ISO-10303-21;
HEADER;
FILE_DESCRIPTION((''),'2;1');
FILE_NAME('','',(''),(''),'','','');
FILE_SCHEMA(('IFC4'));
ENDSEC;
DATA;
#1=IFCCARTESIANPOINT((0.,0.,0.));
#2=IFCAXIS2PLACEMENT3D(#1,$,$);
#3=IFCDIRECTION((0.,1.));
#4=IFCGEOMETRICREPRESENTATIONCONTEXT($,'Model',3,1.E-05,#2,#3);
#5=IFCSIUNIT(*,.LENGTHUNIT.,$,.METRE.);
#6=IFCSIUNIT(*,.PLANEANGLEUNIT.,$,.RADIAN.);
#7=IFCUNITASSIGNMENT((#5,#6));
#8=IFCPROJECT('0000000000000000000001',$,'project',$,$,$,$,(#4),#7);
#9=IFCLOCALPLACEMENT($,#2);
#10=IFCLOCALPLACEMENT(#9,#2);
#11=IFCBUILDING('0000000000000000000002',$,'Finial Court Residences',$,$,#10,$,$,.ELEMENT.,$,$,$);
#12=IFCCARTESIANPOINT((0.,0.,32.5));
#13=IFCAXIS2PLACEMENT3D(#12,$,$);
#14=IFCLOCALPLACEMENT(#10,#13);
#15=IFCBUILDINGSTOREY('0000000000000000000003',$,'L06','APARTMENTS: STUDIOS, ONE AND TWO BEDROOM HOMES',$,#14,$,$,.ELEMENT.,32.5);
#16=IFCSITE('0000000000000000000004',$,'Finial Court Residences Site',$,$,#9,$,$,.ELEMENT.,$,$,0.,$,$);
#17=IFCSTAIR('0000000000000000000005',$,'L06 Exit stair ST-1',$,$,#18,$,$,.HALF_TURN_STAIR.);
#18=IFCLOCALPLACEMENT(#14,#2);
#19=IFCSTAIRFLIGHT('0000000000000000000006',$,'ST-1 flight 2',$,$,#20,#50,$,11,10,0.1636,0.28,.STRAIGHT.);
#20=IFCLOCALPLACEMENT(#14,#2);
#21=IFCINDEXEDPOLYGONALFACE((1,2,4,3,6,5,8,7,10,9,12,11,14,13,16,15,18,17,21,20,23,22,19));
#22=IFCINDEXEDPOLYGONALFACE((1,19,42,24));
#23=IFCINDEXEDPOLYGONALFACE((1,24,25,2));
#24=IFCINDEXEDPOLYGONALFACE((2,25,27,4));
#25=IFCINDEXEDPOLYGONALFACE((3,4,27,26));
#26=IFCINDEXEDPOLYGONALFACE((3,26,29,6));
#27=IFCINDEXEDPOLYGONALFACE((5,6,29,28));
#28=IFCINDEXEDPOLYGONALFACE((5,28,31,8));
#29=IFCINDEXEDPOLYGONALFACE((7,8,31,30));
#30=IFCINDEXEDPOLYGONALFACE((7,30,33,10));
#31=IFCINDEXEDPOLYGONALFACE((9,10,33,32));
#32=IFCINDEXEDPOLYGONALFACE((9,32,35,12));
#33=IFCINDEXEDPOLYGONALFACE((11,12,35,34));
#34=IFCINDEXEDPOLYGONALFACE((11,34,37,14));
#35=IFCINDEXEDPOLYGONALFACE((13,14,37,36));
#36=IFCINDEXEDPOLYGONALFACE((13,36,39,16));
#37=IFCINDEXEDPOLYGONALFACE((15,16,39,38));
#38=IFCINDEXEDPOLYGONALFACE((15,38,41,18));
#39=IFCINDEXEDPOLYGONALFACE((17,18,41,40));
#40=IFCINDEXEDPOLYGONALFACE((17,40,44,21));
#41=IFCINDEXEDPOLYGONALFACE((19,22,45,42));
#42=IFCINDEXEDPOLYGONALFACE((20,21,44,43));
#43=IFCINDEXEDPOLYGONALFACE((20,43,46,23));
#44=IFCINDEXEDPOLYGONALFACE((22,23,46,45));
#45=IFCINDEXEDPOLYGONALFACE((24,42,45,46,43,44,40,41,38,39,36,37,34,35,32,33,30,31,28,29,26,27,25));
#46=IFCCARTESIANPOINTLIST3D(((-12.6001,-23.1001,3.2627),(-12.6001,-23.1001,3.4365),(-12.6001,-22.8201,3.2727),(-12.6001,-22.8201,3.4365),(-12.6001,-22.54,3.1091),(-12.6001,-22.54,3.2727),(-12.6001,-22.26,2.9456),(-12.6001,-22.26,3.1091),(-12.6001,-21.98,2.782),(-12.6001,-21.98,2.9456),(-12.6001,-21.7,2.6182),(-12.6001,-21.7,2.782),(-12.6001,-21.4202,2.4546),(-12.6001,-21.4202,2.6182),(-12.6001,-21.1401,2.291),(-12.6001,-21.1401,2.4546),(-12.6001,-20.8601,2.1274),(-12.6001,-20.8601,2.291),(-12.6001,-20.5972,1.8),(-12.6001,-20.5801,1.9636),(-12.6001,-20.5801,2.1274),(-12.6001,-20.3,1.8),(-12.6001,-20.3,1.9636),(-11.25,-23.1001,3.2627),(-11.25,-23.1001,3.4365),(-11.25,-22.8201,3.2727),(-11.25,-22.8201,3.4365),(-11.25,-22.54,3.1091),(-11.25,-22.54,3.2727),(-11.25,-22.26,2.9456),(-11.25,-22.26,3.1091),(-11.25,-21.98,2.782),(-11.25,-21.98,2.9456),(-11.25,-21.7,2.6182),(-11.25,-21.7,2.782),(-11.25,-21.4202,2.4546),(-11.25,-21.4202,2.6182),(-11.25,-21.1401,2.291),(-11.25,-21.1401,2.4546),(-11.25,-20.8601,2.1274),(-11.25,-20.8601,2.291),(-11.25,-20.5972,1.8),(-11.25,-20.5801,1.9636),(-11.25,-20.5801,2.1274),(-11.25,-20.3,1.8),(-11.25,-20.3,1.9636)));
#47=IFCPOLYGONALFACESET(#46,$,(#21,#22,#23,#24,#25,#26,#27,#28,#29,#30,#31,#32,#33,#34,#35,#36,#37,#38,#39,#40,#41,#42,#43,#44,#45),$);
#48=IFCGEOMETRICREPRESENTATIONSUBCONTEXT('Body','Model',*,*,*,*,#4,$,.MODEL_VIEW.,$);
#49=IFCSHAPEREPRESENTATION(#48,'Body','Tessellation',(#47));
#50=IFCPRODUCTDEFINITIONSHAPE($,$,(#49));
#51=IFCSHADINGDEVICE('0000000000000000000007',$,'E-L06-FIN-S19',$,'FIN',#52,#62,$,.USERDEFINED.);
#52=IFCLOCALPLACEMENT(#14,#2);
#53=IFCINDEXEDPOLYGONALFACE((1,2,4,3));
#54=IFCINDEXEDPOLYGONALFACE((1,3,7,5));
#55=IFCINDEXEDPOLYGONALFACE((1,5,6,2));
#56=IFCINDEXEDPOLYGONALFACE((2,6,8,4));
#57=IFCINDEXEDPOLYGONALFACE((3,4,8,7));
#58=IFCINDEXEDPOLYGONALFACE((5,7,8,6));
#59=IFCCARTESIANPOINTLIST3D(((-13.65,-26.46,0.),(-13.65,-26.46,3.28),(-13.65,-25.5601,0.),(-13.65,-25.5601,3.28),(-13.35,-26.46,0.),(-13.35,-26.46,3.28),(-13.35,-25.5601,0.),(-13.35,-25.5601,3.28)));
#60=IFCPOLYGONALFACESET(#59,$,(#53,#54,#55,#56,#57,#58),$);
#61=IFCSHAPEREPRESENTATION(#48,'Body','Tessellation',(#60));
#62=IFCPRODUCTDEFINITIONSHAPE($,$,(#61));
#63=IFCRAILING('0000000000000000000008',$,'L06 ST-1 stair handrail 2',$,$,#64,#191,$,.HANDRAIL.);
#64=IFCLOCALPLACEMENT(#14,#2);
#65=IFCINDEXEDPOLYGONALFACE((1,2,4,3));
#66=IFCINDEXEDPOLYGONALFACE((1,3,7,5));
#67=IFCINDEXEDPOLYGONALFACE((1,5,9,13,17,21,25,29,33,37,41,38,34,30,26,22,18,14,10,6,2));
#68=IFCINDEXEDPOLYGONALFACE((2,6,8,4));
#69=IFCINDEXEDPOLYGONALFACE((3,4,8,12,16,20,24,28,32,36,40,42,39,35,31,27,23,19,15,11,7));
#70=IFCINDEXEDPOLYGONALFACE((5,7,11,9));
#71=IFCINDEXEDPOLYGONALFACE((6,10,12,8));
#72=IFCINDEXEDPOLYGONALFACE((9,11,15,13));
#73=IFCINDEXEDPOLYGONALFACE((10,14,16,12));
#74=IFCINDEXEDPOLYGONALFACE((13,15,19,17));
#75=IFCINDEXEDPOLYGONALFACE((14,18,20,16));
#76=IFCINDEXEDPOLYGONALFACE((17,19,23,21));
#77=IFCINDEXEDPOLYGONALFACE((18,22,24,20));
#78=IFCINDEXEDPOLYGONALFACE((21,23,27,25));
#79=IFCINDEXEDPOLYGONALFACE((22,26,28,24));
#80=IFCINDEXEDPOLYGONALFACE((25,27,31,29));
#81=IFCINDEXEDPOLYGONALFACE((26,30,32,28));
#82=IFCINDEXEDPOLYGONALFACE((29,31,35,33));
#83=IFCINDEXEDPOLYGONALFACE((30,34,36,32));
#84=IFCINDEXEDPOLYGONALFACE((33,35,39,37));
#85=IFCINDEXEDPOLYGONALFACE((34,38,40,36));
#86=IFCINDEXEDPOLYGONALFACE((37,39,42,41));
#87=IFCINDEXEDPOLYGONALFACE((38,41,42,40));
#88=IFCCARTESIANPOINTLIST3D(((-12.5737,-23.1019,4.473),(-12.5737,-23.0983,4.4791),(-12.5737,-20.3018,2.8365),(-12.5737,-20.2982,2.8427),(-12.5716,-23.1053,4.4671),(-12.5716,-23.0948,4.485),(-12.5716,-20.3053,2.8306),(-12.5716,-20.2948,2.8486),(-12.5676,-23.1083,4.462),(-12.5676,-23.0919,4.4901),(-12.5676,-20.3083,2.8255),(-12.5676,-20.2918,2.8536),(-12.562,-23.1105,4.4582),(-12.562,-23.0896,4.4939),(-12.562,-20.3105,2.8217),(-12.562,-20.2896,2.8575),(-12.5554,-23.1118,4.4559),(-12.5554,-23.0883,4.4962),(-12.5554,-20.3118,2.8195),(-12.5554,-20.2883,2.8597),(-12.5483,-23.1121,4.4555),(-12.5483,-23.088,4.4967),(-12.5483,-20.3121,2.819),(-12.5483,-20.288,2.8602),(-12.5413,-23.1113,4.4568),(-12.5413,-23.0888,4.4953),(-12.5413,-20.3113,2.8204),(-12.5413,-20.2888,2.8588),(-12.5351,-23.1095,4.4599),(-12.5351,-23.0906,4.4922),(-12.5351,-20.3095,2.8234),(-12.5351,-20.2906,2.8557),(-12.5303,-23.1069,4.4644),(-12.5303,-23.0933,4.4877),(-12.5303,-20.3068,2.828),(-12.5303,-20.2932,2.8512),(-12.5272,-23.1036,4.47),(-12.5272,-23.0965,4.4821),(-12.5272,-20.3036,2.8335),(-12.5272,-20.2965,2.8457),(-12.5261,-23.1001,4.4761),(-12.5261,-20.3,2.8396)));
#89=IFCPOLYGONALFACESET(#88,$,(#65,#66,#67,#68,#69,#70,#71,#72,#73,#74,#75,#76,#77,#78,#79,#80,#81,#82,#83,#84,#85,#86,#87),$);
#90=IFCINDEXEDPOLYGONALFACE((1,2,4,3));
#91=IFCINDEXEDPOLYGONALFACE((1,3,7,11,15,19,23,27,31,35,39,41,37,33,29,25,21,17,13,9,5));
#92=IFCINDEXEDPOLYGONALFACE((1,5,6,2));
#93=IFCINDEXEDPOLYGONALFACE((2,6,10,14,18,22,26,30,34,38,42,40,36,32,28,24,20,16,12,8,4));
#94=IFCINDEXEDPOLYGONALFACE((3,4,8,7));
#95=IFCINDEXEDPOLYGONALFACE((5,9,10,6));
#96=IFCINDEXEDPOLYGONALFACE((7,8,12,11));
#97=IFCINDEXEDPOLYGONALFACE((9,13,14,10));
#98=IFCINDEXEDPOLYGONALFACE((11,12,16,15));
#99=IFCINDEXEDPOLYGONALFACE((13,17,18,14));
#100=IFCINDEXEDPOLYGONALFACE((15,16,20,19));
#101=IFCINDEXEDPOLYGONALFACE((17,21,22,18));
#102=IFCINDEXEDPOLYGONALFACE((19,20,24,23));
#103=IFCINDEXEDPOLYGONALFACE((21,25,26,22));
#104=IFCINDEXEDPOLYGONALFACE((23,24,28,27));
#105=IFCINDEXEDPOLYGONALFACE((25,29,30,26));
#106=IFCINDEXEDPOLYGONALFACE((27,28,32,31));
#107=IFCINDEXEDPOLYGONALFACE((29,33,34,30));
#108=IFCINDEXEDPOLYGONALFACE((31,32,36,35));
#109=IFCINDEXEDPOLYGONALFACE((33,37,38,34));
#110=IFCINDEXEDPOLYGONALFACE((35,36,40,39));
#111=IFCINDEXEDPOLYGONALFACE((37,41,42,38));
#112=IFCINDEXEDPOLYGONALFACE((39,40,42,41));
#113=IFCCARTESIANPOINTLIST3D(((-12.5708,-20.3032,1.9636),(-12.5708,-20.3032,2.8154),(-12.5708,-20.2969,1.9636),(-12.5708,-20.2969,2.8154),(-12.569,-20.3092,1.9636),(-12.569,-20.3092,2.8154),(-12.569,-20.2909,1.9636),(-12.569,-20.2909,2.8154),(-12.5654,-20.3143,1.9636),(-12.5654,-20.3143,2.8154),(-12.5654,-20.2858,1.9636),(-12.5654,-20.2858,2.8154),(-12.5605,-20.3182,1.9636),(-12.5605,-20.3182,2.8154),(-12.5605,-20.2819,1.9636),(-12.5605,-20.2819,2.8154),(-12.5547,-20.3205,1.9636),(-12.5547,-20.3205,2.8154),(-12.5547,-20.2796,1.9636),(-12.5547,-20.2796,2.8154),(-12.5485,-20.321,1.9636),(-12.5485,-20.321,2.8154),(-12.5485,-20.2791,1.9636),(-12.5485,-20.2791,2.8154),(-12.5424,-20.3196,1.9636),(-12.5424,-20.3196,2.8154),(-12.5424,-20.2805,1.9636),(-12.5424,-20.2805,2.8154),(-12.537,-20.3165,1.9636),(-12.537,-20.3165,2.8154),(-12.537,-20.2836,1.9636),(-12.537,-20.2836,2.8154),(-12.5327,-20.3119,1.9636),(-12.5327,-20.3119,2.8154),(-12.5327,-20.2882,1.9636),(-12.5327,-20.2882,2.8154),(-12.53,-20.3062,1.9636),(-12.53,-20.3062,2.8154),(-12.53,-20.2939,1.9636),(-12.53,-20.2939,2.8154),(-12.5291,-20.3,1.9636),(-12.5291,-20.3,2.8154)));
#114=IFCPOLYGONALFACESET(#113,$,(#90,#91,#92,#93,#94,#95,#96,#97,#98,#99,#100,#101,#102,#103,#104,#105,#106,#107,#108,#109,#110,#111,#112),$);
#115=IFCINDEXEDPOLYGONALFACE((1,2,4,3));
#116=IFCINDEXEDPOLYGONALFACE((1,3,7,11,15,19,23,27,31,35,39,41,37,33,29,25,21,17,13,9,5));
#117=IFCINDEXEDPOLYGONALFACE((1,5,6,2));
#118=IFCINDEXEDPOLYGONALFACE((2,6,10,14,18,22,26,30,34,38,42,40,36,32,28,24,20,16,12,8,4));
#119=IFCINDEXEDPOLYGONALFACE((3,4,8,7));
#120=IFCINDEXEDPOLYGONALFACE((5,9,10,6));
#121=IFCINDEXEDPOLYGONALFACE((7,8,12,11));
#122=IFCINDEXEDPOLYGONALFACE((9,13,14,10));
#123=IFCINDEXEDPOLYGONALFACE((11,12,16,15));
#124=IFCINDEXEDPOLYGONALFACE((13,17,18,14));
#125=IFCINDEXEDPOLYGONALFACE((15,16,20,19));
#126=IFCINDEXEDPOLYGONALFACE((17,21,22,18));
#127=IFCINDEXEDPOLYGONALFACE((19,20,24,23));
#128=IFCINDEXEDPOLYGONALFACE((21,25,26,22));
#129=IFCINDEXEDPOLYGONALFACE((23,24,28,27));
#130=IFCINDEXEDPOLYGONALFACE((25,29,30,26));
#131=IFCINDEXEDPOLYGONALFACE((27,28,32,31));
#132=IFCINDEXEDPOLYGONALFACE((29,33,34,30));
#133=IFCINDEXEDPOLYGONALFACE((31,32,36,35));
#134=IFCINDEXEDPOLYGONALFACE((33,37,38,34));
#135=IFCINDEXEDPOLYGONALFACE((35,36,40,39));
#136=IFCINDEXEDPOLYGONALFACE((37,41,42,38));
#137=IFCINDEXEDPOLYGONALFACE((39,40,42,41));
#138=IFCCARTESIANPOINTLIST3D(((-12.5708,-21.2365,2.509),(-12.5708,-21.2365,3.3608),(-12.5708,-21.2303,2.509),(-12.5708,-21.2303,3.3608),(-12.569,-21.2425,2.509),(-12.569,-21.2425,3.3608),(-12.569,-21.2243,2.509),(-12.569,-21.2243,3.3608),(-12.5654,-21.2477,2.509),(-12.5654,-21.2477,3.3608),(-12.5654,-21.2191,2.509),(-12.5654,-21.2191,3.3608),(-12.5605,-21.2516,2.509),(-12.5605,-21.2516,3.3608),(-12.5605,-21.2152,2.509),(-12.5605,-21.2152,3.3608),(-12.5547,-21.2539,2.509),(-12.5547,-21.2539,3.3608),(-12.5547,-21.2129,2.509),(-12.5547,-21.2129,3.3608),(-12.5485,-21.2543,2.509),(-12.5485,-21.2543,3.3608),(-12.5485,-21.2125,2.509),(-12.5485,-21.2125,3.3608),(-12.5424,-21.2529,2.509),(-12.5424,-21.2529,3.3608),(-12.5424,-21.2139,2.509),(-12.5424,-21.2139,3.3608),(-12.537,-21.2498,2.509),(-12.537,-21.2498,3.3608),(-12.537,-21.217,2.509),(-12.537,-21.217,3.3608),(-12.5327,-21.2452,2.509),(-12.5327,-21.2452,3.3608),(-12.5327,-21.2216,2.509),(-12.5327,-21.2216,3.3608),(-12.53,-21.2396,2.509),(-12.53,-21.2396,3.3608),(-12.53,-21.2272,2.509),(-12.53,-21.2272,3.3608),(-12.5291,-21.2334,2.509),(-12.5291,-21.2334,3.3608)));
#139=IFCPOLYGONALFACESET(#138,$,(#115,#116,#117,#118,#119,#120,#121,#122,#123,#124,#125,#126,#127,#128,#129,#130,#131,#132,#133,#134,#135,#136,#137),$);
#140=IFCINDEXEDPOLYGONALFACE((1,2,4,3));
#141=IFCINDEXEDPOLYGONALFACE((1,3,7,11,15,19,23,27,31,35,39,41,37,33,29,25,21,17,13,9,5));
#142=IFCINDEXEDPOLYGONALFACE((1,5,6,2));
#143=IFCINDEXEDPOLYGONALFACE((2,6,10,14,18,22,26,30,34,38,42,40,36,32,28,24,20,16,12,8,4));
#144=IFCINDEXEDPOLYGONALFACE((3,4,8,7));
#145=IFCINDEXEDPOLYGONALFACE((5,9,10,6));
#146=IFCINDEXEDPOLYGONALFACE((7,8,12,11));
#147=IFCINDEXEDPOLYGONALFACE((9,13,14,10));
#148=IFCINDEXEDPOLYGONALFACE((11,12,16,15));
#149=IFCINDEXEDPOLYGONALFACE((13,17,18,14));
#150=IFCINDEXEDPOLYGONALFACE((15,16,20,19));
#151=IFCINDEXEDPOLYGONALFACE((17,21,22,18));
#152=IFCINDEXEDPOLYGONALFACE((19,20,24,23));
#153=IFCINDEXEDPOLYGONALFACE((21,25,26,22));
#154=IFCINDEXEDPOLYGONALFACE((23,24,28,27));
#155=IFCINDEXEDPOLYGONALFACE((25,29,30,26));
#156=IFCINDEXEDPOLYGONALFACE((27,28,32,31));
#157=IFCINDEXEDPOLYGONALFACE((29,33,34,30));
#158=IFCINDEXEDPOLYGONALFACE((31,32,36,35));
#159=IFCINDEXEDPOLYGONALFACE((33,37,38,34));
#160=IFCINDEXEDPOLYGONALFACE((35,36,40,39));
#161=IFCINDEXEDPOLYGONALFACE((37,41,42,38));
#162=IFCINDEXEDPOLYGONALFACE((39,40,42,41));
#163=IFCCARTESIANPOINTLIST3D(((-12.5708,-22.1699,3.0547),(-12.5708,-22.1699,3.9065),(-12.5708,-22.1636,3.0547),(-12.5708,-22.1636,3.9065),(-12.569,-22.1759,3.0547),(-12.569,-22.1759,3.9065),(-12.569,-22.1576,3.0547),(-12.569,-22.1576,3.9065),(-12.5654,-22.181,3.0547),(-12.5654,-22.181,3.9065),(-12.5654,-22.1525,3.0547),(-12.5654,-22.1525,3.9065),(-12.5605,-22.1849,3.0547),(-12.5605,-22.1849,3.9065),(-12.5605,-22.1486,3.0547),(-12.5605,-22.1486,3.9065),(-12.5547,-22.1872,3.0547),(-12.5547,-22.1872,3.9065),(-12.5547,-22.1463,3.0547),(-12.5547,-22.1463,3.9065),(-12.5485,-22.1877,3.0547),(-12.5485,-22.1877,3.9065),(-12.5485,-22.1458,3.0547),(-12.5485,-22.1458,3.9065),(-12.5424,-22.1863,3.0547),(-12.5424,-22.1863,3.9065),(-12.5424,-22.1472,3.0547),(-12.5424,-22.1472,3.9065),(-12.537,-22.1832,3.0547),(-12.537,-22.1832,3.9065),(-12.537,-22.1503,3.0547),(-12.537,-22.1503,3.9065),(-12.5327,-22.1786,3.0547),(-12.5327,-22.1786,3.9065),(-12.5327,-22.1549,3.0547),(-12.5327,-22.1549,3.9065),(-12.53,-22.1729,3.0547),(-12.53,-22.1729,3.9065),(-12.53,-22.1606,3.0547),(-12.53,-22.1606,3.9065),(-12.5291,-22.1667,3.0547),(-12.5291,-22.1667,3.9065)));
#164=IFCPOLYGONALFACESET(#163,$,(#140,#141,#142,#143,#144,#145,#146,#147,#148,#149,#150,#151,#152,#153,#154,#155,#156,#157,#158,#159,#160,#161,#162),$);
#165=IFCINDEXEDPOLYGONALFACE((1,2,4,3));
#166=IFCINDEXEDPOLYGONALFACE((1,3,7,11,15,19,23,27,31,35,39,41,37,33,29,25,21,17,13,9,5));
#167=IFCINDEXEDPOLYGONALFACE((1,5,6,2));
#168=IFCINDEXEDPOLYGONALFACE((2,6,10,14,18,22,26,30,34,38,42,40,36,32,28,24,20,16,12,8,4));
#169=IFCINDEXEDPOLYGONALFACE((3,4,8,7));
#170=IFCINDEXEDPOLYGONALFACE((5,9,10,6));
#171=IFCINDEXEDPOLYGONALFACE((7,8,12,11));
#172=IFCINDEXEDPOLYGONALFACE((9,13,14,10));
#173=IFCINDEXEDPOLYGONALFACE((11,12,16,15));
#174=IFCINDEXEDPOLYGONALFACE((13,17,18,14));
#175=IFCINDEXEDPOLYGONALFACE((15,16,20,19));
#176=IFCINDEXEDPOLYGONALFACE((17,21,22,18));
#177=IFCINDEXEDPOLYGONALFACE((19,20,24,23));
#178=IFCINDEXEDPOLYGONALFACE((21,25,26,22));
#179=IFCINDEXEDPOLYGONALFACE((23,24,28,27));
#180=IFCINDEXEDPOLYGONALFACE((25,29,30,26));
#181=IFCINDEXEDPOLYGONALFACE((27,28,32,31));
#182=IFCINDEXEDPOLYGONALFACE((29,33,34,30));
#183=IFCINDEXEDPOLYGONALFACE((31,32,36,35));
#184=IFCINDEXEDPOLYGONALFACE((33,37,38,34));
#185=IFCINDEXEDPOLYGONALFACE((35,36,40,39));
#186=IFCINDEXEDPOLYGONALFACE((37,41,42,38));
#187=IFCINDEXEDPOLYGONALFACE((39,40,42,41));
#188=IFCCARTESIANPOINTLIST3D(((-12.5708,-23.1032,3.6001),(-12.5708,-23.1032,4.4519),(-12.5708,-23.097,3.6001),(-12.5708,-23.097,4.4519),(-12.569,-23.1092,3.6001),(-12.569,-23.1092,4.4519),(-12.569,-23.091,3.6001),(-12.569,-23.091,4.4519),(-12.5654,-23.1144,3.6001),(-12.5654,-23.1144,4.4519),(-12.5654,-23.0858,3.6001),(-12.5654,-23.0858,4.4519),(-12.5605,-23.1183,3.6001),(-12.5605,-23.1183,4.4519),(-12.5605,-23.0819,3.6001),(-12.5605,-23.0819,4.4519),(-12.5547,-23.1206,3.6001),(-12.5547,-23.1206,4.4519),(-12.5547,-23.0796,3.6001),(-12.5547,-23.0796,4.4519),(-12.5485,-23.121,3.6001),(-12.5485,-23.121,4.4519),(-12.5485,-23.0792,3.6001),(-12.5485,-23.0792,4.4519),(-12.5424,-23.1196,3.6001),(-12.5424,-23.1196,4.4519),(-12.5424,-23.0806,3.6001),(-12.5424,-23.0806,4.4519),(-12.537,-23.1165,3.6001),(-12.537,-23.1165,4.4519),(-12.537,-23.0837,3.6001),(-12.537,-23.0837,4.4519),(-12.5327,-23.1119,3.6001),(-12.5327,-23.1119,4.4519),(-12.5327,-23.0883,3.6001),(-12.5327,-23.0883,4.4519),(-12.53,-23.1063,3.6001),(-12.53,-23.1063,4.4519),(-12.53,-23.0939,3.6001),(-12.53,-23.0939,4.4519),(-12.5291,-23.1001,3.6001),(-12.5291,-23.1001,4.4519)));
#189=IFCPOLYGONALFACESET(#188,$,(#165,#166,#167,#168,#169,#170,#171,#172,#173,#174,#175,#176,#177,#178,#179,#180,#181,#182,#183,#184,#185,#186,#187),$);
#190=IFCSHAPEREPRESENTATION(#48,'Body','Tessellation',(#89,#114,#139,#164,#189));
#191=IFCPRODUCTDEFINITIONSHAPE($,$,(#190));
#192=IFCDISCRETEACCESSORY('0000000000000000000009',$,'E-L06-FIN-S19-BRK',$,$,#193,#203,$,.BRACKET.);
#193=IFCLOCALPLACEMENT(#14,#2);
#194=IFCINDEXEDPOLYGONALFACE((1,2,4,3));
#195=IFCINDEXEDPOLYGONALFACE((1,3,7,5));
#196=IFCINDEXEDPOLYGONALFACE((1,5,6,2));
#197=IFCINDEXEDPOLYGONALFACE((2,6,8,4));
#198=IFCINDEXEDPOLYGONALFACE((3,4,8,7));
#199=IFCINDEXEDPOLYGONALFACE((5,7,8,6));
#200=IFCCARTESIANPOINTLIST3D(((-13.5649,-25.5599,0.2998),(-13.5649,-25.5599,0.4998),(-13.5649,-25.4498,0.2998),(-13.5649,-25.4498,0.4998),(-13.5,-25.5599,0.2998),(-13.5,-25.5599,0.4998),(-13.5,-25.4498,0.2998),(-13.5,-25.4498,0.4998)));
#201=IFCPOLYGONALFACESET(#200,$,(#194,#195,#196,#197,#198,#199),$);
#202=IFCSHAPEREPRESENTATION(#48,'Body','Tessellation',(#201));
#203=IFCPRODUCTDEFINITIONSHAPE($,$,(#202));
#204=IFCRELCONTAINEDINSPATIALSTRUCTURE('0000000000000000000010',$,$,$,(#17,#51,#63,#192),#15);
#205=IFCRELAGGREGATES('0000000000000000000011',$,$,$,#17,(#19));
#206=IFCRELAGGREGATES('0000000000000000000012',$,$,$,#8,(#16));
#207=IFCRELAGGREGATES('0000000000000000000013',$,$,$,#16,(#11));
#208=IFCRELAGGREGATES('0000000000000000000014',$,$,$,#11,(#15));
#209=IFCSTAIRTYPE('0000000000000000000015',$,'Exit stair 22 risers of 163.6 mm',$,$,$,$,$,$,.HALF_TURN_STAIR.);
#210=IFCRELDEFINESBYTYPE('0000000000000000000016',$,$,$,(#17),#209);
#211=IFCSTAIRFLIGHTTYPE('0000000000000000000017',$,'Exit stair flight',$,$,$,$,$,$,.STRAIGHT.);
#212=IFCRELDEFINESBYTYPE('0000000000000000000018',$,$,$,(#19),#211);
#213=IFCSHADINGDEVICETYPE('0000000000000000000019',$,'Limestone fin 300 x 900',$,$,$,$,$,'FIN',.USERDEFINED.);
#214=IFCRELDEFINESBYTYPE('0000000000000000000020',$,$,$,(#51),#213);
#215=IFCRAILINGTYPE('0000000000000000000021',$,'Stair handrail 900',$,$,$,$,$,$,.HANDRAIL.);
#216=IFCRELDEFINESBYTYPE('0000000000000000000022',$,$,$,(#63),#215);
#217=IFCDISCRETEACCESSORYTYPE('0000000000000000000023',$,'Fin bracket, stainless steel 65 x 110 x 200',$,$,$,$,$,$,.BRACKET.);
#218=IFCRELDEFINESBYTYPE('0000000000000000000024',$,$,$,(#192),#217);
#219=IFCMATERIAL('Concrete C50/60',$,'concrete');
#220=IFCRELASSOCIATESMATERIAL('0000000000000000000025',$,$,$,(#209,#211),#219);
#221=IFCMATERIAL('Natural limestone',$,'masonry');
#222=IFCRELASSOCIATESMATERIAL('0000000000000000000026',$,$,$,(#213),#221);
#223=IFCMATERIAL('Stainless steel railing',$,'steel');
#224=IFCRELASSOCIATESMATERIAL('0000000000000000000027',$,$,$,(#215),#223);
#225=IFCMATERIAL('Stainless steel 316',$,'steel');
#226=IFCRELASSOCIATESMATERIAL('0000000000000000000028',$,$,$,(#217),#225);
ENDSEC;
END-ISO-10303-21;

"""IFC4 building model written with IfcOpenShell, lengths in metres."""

from ifc_helpers import new_model, si_unit, direction, frame, origin, origin_2d, place, context, subcontext, project, spatial, polyline, rectangle, circle, outline, extrude, material, type_object, element, aggregate, save


model = new_model("IFC4")

# Units and contexts
model_context = context("Model", 3, precision=1e-05, world=origin(), true_north=direction((0.0, 1.0)))
body_context = subcontext(model_context, "Body", "Model", "MODEL_VIEW")
ifc_project = project(units=[si_unit("LENGTHUNIT", "METRE"), si_unit("PLANEANGLEUNIT", "RADIAN")], contexts=[model_context])

# Site, building, storey
site_placement = place(None, origin())
site = spatial("IfcSite", under=ifc_project, at=site_placement, Name="Finial Court Residences Site", CompositionType="ELEMENT", RefElevation=0.0)
building_placement = place(site_placement, origin())
building = spatial("IfcBuilding", under=site, at=building_placement, Name="Finial Court Residences", CompositionType="ELEMENT")
storey_placement = place(building_placement, frame((0.0, 0.0, 32.5)))
storey = spatial("IfcBuildingStorey", under=building, at=storey_placement, Name="L06", Description="APARTMENTS: STUDIOS, ONE AND TWO BEDROOM HOMES", CompositionType="ELEMENT", Elevation=32.5)

# Stair, stair flight
ifc_material_1 = material(Name="Concrete C50/60", Category="concrete")
stair_type = type_object("IfcStairType", Name="Exit stair 22 risers of 163.6 mm", PredefinedType="HALF_TURN_STAIR", material=ifc_material_1)
stair_placement = place(storey_placement, origin())
stair = element("IfcStair", 1, at=stair_placement, inside=storey, type_object=stair_type, Name="L06 Exit stair ST-1", PredefinedType="HALF_TURN_STAIR")
stair_flight_type = type_object("IfcStairFlightType", Name="Exit stair flight", PredefinedType="STRAIGHT", material=ifc_material_1)
stair_flight_placement = place(storey_placement, frame((-11.925, -20.3, 1.8), z_axis=(0.0, 0.0, 1.0), x_axis=(0.0, -1.0, 0.0)))
stair_flight = element("IfcStairFlight", 2, at=stair_flight_placement, type_object=stair_flight_type, Name="ST-1 flight 2", NumberOfRisers=11, NumberOfTreads=10, PredefinedType="STRAIGHT", RiserHeight=0.1636, TreadLength=0.28, context=body_context, shape_type="SweptSolid", body=[
    extrude(outline(polyline([(0.0, 0.0), (0.0, 0.1636), (0.28, 0.1636), (0.28, 0.3274), (0.5601, 0.3274), (0.5601, 0.491), (0.8401, 0.491), (0.8401, 0.6545), (1.1201, 0.6545), (1.1201, 0.8181), (1.3999, 0.8181), (1.3999, 0.9819), (1.6799, 0.9819), (1.6799, 1.1455), (1.96, 1.1455), (1.96, 1.3091), (2.24, 1.3091), (2.24, 1.4727), (2.52, 1.4727), (2.52, 1.6365), (2.8, 1.6365), (2.8, 1.8), (2.8, 1.4626), (0.2971, 0.0), (0.0, 0.0)])), frame((0.0, 0.675, 0.0), z_axis=(0.0, -1.0, 0.0), x_axis=(1.0, 0.0, 0.0)), (0.0, 0.0, 1.0), 1.3501),
])
aggregate(stair, [stair_flight])

# Shading device
ifc_material_2 = material(Name="Natural limestone", Category="masonry")
shading_device_type = type_object("IfcShadingDeviceType", Name="Limestone fin 300 x 900", ElementType="FIN", PredefinedType="USERDEFINED", material=ifc_material_2)
shading_device_placement = place(storey_placement, frame((-13.5, -26.01, 0.0), z_axis=(0.0, 0.0, 1.0), x_axis=(1.0, 0.0, 0.0)))
element("IfcShadingDevice", 3, at=shading_device_placement, inside=storey, type_object=shading_device_type, Name="E-L06-FIN-S19", ObjectType="FIN", PredefinedType="USERDEFINED", context=body_context, shape_type="SweptSolid", body=[
    extrude(rectangle(XDim=0.3, YDim=0.8999, at=origin_2d()), origin(), (0.0, 0.0, 1.0), 3.28),
])

# Railing
ifc_material_3 = material(Name="Stainless steel railing", Category="steel")
railing_type_1 = type_object("IfcRailingType", Name="Stair handrail 900", PredefinedType="HANDRAIL", material=ifc_material_3)
railing_1_placement = place(storey_placement, frame((-12.55, -20.3, 1.9636)))
element("IfcRailing", 4, at=railing_1_placement, inside=storey, type_object=railing_type_1, Name="L06 ST-1 stair handrail 2", PredefinedType="HANDRAIL", context=body_context, shape_type="SweptSolid", body=[
    extrude(circle(Radius=0.0239, at=origin_2d()), frame((0.0, 0.0, 0.876), z_axis=(0.0, -0.863361, 0.504587), x_axis=(1.0, 0.0, 0.0)), (0.0, 0.0, 1.0), 3.2432),
    extrude(circle(Radius=0.021, at=origin_2d()), origin(), (0.0, 0.0, 1.0), 0.8518),
    extrude(circle(Radius=0.021, at=origin_2d()), frame((0.0, -0.9333, 0.5454)), (0.0, 0.0, 1.0), 0.8518),
    extrude(circle(Radius=0.021, at=origin_2d()), frame((0.0, -1.8667, 1.0911)), (0.0, 0.0, 1.0), 0.8518),
    extrude(circle(Radius=0.021, at=origin_2d()), frame((0.0, -2.8, 1.6365)), (0.0, 0.0, 1.0), 0.8518),
])

# Discrete accessory
ifc_material_4 = material(Name="Stainless steel 316", Category="steel")
discrete_accessory_type = type_object("IfcDiscreteAccessoryType", Name="Fin bracket, stainless steel 65 x 110 x 200", PredefinedType="BRACKET", material=ifc_material_4)
discrete_accessory_placement = place(storey_placement, frame((-13.5325, -25.5049, 0.2998), z_axis=(0.0, 0.0, 1.0), x_axis=(1.0, 0.0, 0.0)))
element("IfcDiscreteAccessory", 5, at=discrete_accessory_placement, inside=storey, type_object=discrete_accessory_type, Name="E-L06-FIN-S19-BRK", PredefinedType="BRACKET", context=body_context, shape_type="SweptSolid", body=[
    extrude(rectangle(XDim=0.0649, YDim=0.1101, at=origin_2d()), origin(), (0.0, 0.0, 1.0), 0.2),
])

save(model, "model.ifc")
